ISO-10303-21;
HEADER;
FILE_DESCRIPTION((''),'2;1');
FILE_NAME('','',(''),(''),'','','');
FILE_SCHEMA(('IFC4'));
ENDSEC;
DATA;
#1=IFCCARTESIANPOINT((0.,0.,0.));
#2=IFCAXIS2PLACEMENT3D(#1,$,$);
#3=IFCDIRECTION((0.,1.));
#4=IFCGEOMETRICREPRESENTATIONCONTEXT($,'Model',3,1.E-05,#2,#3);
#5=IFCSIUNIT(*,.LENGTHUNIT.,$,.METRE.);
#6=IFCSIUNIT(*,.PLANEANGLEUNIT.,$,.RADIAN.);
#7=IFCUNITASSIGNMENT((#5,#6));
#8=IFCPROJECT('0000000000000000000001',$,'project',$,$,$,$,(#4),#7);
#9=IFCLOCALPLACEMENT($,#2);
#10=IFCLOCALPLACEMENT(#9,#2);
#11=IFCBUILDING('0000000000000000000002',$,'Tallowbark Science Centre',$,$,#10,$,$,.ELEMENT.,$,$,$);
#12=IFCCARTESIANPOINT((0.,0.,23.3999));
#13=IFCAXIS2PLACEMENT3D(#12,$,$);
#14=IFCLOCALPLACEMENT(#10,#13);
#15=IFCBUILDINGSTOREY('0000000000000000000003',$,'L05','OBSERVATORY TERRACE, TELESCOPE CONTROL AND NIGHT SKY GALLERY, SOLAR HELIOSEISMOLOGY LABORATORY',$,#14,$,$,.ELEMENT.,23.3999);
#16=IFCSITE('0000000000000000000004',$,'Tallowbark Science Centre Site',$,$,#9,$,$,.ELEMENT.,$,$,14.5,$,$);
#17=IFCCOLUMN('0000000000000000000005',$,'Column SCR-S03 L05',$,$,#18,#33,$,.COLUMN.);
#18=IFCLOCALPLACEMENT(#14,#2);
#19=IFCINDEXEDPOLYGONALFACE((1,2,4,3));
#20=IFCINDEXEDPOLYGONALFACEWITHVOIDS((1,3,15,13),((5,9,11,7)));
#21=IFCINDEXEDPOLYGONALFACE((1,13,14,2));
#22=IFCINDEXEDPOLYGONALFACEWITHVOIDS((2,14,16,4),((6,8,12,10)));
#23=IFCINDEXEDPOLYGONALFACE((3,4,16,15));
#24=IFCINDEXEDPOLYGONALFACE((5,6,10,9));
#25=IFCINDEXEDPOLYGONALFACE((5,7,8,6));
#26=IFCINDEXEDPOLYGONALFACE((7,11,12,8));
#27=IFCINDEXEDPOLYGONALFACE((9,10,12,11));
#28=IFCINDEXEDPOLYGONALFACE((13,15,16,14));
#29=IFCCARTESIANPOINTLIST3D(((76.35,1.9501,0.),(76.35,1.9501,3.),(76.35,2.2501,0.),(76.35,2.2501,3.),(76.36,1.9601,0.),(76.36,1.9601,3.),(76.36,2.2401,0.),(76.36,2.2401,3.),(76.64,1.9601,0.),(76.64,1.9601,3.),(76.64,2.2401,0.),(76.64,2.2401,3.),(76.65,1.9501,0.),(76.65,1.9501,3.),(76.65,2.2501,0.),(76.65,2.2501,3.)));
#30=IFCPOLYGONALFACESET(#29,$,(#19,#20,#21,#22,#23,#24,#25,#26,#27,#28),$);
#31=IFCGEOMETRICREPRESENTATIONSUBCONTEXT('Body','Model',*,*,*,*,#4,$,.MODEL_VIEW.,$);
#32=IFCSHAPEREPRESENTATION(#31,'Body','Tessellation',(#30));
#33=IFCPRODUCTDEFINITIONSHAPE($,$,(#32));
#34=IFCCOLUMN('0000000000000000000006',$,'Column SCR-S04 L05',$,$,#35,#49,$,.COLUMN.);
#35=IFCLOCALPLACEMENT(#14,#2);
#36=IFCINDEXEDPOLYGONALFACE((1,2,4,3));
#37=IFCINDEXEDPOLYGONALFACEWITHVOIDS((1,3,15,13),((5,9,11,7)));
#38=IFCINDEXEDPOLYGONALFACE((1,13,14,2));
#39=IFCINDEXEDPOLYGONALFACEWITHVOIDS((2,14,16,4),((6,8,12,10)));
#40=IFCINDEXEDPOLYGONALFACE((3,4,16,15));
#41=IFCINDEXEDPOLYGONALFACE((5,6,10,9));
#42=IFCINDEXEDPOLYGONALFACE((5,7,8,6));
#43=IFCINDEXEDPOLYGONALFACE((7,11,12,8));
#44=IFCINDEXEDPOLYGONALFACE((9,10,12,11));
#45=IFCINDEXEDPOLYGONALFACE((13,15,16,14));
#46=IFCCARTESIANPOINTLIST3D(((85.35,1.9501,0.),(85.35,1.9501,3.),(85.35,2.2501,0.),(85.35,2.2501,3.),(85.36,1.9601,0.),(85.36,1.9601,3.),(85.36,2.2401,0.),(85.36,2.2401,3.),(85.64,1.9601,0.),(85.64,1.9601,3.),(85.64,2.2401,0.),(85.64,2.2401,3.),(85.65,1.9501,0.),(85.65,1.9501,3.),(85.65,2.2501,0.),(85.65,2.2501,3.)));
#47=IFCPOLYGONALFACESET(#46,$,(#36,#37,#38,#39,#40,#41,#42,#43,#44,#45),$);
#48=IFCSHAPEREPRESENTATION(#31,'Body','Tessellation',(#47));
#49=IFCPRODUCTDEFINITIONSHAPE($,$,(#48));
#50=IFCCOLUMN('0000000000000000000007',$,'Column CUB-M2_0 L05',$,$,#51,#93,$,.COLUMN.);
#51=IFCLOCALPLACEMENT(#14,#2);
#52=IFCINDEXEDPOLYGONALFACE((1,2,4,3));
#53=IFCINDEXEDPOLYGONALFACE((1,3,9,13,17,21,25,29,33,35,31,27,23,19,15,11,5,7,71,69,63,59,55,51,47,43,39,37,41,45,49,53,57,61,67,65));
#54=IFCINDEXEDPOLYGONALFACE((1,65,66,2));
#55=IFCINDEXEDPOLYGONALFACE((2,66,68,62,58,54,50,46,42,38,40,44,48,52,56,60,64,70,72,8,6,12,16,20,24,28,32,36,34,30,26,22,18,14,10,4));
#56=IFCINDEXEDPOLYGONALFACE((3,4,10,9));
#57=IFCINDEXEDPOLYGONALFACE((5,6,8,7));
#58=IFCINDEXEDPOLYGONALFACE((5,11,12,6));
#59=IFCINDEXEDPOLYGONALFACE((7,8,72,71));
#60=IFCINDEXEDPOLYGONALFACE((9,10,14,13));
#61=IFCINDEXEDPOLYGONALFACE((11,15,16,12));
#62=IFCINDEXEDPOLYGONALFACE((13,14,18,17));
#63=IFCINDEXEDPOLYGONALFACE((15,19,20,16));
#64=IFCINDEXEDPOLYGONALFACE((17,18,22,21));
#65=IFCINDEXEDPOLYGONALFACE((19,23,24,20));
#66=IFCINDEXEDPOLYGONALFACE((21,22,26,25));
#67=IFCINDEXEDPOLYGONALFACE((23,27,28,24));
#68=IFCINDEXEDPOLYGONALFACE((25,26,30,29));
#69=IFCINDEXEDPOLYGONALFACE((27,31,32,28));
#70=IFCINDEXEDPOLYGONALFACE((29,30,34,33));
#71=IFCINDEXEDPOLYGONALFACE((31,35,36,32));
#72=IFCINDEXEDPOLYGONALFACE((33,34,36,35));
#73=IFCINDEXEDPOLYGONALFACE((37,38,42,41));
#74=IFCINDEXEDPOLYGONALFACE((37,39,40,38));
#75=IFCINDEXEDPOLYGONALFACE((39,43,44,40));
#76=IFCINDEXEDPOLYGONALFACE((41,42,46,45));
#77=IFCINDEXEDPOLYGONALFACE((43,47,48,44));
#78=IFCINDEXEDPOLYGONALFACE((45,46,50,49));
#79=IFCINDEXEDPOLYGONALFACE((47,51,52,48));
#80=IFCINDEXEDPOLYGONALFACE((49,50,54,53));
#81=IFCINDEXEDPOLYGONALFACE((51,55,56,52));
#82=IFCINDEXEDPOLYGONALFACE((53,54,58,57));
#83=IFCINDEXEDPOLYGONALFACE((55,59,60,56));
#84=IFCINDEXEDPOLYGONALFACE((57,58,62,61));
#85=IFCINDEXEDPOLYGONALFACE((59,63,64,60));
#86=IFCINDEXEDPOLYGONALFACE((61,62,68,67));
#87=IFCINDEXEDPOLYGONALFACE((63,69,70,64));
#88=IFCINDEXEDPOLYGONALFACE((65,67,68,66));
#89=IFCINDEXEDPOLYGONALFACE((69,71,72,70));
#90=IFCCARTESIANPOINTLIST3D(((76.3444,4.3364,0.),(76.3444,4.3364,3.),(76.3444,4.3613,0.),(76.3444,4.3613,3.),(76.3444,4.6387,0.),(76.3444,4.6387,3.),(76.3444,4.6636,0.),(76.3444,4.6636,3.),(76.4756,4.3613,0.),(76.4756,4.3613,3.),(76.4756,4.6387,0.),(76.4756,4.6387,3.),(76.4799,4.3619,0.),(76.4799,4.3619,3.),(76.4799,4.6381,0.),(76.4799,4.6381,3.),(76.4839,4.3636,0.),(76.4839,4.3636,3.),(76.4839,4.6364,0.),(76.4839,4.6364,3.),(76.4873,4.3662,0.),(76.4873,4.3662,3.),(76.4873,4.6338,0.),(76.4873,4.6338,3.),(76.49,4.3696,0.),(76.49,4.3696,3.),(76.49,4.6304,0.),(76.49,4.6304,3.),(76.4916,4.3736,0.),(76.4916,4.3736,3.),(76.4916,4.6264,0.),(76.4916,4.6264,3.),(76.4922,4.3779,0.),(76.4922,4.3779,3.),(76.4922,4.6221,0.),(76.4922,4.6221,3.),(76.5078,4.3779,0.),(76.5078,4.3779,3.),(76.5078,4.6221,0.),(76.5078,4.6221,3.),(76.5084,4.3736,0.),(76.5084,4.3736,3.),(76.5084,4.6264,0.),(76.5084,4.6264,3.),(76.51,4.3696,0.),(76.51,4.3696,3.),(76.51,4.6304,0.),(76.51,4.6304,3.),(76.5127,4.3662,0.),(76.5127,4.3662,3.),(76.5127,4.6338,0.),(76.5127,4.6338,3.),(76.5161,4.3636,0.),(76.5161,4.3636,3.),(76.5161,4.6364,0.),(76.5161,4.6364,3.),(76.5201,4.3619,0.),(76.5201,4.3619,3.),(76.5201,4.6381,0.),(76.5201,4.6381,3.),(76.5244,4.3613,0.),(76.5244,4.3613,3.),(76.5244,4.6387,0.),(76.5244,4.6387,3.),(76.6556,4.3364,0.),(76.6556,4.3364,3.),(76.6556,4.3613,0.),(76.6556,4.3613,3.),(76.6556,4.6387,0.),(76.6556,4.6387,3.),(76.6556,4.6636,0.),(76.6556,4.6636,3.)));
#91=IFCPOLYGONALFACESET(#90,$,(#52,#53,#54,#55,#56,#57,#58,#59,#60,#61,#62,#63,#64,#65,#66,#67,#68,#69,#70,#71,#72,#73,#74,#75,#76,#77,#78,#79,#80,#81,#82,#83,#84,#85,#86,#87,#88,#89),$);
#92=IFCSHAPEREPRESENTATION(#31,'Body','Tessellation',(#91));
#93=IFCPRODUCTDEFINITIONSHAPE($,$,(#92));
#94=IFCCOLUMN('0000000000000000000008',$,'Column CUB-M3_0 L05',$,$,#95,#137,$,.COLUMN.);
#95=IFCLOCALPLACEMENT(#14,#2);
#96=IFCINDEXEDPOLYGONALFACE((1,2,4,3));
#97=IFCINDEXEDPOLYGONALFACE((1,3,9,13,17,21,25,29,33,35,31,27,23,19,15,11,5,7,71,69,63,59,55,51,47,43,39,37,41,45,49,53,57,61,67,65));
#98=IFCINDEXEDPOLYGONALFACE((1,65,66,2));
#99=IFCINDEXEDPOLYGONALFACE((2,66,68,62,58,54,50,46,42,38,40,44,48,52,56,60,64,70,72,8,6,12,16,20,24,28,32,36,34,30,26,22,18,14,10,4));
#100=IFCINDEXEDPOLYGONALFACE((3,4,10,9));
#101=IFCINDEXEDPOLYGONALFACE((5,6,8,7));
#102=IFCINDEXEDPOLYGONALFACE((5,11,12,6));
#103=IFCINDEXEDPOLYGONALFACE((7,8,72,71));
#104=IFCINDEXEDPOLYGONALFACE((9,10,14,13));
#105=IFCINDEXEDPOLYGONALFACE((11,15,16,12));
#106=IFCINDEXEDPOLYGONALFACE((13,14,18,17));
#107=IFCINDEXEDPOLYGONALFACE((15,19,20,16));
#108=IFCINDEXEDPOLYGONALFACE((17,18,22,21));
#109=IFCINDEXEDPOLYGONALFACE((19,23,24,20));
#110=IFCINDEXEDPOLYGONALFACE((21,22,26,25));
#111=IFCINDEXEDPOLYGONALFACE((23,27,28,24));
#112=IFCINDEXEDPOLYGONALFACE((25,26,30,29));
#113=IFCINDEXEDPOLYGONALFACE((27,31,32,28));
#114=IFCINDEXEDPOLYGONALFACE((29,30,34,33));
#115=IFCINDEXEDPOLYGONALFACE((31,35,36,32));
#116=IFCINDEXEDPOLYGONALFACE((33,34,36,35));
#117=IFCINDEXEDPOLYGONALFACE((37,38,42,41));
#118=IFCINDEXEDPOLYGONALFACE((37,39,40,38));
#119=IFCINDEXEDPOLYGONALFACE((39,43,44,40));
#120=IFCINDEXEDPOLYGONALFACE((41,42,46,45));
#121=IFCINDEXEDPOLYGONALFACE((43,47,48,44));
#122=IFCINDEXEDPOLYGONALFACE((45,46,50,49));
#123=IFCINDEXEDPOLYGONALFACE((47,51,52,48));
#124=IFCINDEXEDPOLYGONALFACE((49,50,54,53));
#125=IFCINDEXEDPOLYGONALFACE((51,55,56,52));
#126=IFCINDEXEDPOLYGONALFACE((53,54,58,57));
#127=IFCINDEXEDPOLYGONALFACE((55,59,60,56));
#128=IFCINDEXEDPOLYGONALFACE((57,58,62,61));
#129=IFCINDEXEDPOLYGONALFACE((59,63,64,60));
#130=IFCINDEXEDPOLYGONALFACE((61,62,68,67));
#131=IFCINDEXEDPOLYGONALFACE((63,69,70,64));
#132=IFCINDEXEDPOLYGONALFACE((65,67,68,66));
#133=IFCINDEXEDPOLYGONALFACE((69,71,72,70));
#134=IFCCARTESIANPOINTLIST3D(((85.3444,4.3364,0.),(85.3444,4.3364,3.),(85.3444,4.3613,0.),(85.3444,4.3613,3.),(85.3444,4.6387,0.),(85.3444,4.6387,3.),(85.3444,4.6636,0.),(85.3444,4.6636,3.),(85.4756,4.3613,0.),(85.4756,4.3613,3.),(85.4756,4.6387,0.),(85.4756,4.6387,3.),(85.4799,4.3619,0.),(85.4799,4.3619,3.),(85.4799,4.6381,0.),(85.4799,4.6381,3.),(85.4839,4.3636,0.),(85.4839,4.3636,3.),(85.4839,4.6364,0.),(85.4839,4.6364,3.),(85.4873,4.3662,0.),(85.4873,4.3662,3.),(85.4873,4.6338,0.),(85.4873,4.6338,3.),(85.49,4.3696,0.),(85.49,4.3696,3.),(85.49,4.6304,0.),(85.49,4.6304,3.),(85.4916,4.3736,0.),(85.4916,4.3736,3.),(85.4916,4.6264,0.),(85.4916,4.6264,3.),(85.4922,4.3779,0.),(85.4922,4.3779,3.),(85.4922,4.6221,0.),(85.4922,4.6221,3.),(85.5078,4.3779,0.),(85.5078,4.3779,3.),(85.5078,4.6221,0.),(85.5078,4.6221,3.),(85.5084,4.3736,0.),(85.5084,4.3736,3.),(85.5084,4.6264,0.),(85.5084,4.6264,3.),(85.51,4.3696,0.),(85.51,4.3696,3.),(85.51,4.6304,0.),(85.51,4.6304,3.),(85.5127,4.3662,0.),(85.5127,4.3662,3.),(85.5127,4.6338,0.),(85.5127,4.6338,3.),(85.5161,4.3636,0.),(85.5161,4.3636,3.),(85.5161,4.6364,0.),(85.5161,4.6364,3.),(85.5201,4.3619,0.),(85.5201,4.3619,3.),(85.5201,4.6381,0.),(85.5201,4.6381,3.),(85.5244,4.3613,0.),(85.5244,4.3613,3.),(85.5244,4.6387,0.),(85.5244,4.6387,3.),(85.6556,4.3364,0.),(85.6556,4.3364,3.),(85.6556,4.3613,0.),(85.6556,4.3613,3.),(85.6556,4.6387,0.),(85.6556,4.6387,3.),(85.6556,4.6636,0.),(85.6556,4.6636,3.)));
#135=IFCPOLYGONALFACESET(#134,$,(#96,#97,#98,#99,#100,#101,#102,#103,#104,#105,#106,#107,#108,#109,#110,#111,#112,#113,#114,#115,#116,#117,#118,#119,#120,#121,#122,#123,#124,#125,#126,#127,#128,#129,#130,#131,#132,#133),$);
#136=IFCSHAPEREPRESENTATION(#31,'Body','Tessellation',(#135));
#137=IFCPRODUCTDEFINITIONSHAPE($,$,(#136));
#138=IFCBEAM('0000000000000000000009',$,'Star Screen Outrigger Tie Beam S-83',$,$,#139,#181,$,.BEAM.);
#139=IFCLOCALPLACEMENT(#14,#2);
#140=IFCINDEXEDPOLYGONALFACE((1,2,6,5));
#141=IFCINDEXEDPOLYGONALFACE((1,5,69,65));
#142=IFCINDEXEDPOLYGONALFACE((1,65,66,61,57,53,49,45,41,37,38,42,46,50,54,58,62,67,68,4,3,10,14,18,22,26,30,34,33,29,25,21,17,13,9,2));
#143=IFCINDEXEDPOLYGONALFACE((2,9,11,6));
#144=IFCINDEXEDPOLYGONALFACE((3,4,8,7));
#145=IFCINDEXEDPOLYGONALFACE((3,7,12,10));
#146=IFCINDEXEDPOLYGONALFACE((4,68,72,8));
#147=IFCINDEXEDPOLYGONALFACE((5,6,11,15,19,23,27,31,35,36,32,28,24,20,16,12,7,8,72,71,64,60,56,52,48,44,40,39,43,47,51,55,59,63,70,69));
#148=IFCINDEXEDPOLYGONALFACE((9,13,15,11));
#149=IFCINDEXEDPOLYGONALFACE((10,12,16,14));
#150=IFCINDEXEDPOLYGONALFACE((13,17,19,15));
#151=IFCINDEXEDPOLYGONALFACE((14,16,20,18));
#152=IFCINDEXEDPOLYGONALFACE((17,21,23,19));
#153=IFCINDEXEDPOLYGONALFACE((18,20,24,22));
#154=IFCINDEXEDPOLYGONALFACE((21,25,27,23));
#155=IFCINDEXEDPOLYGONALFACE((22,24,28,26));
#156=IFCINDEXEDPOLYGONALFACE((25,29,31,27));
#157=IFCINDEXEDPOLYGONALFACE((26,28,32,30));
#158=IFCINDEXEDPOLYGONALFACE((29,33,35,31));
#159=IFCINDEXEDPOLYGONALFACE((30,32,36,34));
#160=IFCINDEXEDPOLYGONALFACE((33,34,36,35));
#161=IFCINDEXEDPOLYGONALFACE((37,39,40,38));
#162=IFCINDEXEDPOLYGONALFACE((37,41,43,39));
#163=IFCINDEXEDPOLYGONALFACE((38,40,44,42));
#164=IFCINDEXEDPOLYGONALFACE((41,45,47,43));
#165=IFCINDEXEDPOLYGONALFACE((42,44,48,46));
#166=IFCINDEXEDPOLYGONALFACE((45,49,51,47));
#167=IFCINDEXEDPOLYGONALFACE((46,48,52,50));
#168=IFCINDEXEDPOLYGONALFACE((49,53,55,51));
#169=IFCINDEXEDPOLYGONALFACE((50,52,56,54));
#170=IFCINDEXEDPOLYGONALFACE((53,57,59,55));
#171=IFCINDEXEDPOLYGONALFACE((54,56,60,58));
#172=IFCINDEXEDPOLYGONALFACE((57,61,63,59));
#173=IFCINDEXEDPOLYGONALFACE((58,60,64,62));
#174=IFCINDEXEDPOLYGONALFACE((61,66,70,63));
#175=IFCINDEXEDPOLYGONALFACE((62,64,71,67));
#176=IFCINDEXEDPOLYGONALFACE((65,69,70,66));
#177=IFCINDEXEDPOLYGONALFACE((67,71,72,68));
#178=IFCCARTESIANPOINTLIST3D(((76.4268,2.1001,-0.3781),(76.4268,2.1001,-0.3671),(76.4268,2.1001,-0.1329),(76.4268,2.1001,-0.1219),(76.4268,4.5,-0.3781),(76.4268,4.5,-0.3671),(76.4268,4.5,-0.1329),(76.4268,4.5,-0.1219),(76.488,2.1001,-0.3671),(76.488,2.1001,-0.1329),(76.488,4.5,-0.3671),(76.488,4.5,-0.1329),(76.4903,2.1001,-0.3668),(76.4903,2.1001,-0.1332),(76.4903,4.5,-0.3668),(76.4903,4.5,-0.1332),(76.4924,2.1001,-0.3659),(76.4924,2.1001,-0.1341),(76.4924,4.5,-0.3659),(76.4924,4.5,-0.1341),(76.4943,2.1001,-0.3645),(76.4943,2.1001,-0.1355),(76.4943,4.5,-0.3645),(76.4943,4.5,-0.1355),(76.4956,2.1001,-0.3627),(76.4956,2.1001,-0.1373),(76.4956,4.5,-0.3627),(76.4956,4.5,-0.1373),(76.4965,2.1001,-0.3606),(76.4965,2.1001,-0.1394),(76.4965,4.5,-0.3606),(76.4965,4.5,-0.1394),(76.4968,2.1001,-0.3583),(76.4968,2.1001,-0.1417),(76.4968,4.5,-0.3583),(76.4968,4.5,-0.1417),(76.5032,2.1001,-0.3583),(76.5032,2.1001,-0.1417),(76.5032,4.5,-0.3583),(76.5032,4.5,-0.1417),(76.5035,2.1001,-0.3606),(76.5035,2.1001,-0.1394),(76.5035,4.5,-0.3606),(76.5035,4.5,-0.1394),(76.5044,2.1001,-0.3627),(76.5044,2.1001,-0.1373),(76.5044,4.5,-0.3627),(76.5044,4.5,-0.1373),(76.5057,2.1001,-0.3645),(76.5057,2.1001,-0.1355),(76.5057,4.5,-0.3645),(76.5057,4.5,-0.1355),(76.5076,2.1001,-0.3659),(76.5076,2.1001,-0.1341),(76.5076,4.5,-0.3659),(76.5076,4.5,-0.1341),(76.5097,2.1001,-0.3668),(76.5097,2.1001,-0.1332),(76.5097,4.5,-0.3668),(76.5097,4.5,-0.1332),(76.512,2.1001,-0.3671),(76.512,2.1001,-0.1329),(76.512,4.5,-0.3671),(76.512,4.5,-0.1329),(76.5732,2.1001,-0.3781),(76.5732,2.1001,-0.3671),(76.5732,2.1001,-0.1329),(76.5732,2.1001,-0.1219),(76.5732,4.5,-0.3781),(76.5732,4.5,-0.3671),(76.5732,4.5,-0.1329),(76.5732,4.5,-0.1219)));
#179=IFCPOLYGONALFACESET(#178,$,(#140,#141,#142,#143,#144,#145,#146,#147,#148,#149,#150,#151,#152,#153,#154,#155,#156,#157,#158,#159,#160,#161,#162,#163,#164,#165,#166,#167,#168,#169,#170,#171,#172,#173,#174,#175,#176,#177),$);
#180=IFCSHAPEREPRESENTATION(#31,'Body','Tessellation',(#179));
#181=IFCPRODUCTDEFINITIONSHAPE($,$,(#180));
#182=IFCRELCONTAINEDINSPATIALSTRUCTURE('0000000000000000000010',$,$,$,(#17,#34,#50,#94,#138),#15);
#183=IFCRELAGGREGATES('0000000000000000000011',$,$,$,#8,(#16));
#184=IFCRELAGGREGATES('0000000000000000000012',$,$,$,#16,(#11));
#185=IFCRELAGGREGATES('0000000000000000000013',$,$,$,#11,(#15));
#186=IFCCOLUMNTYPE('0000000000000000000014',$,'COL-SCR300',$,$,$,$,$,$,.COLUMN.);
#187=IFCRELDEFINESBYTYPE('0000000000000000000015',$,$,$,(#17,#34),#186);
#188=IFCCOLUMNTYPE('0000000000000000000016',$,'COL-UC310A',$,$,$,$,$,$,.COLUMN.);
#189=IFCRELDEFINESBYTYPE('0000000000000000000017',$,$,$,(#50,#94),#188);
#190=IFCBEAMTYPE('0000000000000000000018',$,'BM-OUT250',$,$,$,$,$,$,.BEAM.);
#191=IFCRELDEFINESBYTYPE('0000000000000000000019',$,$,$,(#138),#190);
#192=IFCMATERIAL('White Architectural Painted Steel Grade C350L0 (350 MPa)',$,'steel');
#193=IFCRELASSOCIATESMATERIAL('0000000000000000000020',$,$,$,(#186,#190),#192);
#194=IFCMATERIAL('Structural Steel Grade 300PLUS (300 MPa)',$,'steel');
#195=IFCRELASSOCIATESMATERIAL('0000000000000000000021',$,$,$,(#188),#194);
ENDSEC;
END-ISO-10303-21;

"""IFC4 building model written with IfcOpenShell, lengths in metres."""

from ifc_helpers import new_model, si_unit, direction, frame, origin, origin_2d, place, context, subcontext, project, spatial, hollow_rectangle, i_section, extrude, material, material_profile, profile_set, type_object, element, save


model = new_model("IFC4")

# Units and contexts
model_context = context("Model", 3, precision=1e-05, world=origin(), true_north=direction((0.0, 1.0)))
body_context = subcontext(model_context, "Body", "Model", "MODEL_VIEW")
ifc_project = project(units=[si_unit("LENGTHUNIT", "METRE"), si_unit("PLANEANGLEUNIT", "RADIAN")], contexts=[model_context])

# Site, building, storey
site_placement = place(None, origin())
site = spatial("IfcSite", under=ifc_project, at=site_placement, Name="Tallowbark Science Centre Site", CompositionType="ELEMENT", RefElevation=14.5)
building_placement = place(site_placement, origin())
building = spatial("IfcBuilding", under=site, at=building_placement, Name="Tallowbark Science Centre", CompositionType="ELEMENT")
storey_placement = place(building_placement, frame((0.0, 0.0, 23.3999)))
storey = spatial("IfcBuildingStorey", under=building, at=storey_placement, Name="L05", Description="OBSERVATORY TERRACE, TELESCOPE CONTROL AND NIGHT SKY GALLERY, SOLAR HELIOSEISMOLOGY LABORATORY", CompositionType="ELEMENT", Elevation=23.3999)

# Columns
ifc_material_1 = material(Name="White Architectural Painted Steel Grade C350L0 (350 MPa)", Category="steel")
ifc_material_profile_1 = material_profile(ifc_material_1, hollow_rectangle(XDim=0.3, YDim=0.3, WallThickness=0.01, at=origin_2d()), Name="300x300x10.0SHS")
ifc_profile_set_1 = profile_set([ifc_material_profile_1], Name="White Architectural Painted Steel Grade C350L0 (350 MPa)")
column_type_1 = type_object("IfcColumnType", Name="COL-SCR300", PredefinedType="COLUMN", material=ifc_profile_set_1)
for number, where, z_axis, x_axis, name in (
    (1, (76.5, 2.1001, 0.0), (0.0, 0.0, 1.0), (1.0, 0.0, 0.0), "Column SCR-S03 L05"),
    (2, (85.5, 2.1001, 0.0), (0.0, 0.0, 1.0), (1.0, 0.0, 0.0), "Column SCR-S04 L05"),
):
    element("IfcColumn", number, at=place(storey_placement, frame(where, z_axis=z_axis, x_axis=x_axis)), inside=storey, type_object=column_type_1, Name=name, PredefinedType="COLUMN", context=body_context, shape_type="SweptSolid", body=[
        extrude(hollow_rectangle(XDim=0.3, YDim=0.3, WallThickness=0.01, at=origin_2d()), origin(), (0.0, 0.0, 1.0), 3.0),
    ])
ifc_material_2 = material(Name="Structural Steel Grade 300PLUS (300 MPa)", Category="steel")
ifc_material_profile_2 = material_profile(ifc_material_2, i_section(OverallWidth=0.3113, OverallDepth=0.3271, WebThickness=0.0156, FlangeThickness=0.0249, FilletRadius=0.0166, at=origin_2d()), Name="310UC158")
ifc_profile_set_2 = profile_set([ifc_material_profile_2], Name="Structural Steel Grade 300PLUS (300 MPa)")
column_type_2 = type_object("IfcColumnType", Name="COL-UC310A", PredefinedType="COLUMN", material=ifc_profile_set_2)
for number, where, z_axis, x_axis, name in (
    (3, (76.5, 4.5, 0.0), (0.0, 0.0, 1.0), (1.0, 0.0, 0.0), "Column CUB-M2_0 L05"),
    (4, (85.5, 4.5, 0.0), (0.0, 0.0, 1.0), (1.0, 0.0, 0.0), "Column CUB-M3_0 L05"),
):
    element("IfcColumn", number, at=place(storey_placement, frame(where, z_axis=z_axis, x_axis=x_axis)), inside=storey, type_object=column_type_2, Name=name, PredefinedType="COLUMN", context=body_context, shape_type="SweptSolid", body=[
        extrude(i_section(OverallWidth=0.3113, OverallDepth=0.3271, WebThickness=0.0156, FlangeThickness=0.0249, FilletRadius=0.0166, at=origin_2d()), origin(), (0.0, 0.0, 1.0), 3.0),
    ])

# Beam
ifc_material_profile_3 = material_profile(ifc_material_1, i_section(OverallWidth=0.1465, OverallDepth=0.2561, WebThickness=0.0063, FlangeThickness=0.011, FilletRadius=0.0088, at=origin_2d()), Name="250UB37.3")
ifc_profile_set_3 = profile_set([ifc_material_profile_3], Name="White Architectural Painted Steel Grade C350L0 (350 MPa)")
beam_type_1 = type_object("IfcBeamType", Name="BM-OUT250", PredefinedType="BEAM", material=ifc_profile_set_3)
for number, where, z_axis, x_axis, name in (
    (5, (76.5, 4.5, -0.25), (0.0, -1.0, 0.0), (1.0, 0.0, 0.0), "Star Screen Outrigger Tie Beam S-83"),
):
    element("IfcBeam", number, at=place(storey_placement, frame(where, z_axis=z_axis, x_axis=x_axis)), inside=storey, type_object=beam_type_1, Name=name, PredefinedType="BEAM", context=body_context, shape_type="SweptSolid", body=[
        extrude(i_section(OverallWidth=0.1465, OverallDepth=0.2561, WebThickness=0.0063, FlangeThickness=0.011, FilletRadius=0.0088, at=origin_2d()), origin(), (0.0, 0.0, 1.0), 2.3999),
    ])

save(model, "model.ifc")
